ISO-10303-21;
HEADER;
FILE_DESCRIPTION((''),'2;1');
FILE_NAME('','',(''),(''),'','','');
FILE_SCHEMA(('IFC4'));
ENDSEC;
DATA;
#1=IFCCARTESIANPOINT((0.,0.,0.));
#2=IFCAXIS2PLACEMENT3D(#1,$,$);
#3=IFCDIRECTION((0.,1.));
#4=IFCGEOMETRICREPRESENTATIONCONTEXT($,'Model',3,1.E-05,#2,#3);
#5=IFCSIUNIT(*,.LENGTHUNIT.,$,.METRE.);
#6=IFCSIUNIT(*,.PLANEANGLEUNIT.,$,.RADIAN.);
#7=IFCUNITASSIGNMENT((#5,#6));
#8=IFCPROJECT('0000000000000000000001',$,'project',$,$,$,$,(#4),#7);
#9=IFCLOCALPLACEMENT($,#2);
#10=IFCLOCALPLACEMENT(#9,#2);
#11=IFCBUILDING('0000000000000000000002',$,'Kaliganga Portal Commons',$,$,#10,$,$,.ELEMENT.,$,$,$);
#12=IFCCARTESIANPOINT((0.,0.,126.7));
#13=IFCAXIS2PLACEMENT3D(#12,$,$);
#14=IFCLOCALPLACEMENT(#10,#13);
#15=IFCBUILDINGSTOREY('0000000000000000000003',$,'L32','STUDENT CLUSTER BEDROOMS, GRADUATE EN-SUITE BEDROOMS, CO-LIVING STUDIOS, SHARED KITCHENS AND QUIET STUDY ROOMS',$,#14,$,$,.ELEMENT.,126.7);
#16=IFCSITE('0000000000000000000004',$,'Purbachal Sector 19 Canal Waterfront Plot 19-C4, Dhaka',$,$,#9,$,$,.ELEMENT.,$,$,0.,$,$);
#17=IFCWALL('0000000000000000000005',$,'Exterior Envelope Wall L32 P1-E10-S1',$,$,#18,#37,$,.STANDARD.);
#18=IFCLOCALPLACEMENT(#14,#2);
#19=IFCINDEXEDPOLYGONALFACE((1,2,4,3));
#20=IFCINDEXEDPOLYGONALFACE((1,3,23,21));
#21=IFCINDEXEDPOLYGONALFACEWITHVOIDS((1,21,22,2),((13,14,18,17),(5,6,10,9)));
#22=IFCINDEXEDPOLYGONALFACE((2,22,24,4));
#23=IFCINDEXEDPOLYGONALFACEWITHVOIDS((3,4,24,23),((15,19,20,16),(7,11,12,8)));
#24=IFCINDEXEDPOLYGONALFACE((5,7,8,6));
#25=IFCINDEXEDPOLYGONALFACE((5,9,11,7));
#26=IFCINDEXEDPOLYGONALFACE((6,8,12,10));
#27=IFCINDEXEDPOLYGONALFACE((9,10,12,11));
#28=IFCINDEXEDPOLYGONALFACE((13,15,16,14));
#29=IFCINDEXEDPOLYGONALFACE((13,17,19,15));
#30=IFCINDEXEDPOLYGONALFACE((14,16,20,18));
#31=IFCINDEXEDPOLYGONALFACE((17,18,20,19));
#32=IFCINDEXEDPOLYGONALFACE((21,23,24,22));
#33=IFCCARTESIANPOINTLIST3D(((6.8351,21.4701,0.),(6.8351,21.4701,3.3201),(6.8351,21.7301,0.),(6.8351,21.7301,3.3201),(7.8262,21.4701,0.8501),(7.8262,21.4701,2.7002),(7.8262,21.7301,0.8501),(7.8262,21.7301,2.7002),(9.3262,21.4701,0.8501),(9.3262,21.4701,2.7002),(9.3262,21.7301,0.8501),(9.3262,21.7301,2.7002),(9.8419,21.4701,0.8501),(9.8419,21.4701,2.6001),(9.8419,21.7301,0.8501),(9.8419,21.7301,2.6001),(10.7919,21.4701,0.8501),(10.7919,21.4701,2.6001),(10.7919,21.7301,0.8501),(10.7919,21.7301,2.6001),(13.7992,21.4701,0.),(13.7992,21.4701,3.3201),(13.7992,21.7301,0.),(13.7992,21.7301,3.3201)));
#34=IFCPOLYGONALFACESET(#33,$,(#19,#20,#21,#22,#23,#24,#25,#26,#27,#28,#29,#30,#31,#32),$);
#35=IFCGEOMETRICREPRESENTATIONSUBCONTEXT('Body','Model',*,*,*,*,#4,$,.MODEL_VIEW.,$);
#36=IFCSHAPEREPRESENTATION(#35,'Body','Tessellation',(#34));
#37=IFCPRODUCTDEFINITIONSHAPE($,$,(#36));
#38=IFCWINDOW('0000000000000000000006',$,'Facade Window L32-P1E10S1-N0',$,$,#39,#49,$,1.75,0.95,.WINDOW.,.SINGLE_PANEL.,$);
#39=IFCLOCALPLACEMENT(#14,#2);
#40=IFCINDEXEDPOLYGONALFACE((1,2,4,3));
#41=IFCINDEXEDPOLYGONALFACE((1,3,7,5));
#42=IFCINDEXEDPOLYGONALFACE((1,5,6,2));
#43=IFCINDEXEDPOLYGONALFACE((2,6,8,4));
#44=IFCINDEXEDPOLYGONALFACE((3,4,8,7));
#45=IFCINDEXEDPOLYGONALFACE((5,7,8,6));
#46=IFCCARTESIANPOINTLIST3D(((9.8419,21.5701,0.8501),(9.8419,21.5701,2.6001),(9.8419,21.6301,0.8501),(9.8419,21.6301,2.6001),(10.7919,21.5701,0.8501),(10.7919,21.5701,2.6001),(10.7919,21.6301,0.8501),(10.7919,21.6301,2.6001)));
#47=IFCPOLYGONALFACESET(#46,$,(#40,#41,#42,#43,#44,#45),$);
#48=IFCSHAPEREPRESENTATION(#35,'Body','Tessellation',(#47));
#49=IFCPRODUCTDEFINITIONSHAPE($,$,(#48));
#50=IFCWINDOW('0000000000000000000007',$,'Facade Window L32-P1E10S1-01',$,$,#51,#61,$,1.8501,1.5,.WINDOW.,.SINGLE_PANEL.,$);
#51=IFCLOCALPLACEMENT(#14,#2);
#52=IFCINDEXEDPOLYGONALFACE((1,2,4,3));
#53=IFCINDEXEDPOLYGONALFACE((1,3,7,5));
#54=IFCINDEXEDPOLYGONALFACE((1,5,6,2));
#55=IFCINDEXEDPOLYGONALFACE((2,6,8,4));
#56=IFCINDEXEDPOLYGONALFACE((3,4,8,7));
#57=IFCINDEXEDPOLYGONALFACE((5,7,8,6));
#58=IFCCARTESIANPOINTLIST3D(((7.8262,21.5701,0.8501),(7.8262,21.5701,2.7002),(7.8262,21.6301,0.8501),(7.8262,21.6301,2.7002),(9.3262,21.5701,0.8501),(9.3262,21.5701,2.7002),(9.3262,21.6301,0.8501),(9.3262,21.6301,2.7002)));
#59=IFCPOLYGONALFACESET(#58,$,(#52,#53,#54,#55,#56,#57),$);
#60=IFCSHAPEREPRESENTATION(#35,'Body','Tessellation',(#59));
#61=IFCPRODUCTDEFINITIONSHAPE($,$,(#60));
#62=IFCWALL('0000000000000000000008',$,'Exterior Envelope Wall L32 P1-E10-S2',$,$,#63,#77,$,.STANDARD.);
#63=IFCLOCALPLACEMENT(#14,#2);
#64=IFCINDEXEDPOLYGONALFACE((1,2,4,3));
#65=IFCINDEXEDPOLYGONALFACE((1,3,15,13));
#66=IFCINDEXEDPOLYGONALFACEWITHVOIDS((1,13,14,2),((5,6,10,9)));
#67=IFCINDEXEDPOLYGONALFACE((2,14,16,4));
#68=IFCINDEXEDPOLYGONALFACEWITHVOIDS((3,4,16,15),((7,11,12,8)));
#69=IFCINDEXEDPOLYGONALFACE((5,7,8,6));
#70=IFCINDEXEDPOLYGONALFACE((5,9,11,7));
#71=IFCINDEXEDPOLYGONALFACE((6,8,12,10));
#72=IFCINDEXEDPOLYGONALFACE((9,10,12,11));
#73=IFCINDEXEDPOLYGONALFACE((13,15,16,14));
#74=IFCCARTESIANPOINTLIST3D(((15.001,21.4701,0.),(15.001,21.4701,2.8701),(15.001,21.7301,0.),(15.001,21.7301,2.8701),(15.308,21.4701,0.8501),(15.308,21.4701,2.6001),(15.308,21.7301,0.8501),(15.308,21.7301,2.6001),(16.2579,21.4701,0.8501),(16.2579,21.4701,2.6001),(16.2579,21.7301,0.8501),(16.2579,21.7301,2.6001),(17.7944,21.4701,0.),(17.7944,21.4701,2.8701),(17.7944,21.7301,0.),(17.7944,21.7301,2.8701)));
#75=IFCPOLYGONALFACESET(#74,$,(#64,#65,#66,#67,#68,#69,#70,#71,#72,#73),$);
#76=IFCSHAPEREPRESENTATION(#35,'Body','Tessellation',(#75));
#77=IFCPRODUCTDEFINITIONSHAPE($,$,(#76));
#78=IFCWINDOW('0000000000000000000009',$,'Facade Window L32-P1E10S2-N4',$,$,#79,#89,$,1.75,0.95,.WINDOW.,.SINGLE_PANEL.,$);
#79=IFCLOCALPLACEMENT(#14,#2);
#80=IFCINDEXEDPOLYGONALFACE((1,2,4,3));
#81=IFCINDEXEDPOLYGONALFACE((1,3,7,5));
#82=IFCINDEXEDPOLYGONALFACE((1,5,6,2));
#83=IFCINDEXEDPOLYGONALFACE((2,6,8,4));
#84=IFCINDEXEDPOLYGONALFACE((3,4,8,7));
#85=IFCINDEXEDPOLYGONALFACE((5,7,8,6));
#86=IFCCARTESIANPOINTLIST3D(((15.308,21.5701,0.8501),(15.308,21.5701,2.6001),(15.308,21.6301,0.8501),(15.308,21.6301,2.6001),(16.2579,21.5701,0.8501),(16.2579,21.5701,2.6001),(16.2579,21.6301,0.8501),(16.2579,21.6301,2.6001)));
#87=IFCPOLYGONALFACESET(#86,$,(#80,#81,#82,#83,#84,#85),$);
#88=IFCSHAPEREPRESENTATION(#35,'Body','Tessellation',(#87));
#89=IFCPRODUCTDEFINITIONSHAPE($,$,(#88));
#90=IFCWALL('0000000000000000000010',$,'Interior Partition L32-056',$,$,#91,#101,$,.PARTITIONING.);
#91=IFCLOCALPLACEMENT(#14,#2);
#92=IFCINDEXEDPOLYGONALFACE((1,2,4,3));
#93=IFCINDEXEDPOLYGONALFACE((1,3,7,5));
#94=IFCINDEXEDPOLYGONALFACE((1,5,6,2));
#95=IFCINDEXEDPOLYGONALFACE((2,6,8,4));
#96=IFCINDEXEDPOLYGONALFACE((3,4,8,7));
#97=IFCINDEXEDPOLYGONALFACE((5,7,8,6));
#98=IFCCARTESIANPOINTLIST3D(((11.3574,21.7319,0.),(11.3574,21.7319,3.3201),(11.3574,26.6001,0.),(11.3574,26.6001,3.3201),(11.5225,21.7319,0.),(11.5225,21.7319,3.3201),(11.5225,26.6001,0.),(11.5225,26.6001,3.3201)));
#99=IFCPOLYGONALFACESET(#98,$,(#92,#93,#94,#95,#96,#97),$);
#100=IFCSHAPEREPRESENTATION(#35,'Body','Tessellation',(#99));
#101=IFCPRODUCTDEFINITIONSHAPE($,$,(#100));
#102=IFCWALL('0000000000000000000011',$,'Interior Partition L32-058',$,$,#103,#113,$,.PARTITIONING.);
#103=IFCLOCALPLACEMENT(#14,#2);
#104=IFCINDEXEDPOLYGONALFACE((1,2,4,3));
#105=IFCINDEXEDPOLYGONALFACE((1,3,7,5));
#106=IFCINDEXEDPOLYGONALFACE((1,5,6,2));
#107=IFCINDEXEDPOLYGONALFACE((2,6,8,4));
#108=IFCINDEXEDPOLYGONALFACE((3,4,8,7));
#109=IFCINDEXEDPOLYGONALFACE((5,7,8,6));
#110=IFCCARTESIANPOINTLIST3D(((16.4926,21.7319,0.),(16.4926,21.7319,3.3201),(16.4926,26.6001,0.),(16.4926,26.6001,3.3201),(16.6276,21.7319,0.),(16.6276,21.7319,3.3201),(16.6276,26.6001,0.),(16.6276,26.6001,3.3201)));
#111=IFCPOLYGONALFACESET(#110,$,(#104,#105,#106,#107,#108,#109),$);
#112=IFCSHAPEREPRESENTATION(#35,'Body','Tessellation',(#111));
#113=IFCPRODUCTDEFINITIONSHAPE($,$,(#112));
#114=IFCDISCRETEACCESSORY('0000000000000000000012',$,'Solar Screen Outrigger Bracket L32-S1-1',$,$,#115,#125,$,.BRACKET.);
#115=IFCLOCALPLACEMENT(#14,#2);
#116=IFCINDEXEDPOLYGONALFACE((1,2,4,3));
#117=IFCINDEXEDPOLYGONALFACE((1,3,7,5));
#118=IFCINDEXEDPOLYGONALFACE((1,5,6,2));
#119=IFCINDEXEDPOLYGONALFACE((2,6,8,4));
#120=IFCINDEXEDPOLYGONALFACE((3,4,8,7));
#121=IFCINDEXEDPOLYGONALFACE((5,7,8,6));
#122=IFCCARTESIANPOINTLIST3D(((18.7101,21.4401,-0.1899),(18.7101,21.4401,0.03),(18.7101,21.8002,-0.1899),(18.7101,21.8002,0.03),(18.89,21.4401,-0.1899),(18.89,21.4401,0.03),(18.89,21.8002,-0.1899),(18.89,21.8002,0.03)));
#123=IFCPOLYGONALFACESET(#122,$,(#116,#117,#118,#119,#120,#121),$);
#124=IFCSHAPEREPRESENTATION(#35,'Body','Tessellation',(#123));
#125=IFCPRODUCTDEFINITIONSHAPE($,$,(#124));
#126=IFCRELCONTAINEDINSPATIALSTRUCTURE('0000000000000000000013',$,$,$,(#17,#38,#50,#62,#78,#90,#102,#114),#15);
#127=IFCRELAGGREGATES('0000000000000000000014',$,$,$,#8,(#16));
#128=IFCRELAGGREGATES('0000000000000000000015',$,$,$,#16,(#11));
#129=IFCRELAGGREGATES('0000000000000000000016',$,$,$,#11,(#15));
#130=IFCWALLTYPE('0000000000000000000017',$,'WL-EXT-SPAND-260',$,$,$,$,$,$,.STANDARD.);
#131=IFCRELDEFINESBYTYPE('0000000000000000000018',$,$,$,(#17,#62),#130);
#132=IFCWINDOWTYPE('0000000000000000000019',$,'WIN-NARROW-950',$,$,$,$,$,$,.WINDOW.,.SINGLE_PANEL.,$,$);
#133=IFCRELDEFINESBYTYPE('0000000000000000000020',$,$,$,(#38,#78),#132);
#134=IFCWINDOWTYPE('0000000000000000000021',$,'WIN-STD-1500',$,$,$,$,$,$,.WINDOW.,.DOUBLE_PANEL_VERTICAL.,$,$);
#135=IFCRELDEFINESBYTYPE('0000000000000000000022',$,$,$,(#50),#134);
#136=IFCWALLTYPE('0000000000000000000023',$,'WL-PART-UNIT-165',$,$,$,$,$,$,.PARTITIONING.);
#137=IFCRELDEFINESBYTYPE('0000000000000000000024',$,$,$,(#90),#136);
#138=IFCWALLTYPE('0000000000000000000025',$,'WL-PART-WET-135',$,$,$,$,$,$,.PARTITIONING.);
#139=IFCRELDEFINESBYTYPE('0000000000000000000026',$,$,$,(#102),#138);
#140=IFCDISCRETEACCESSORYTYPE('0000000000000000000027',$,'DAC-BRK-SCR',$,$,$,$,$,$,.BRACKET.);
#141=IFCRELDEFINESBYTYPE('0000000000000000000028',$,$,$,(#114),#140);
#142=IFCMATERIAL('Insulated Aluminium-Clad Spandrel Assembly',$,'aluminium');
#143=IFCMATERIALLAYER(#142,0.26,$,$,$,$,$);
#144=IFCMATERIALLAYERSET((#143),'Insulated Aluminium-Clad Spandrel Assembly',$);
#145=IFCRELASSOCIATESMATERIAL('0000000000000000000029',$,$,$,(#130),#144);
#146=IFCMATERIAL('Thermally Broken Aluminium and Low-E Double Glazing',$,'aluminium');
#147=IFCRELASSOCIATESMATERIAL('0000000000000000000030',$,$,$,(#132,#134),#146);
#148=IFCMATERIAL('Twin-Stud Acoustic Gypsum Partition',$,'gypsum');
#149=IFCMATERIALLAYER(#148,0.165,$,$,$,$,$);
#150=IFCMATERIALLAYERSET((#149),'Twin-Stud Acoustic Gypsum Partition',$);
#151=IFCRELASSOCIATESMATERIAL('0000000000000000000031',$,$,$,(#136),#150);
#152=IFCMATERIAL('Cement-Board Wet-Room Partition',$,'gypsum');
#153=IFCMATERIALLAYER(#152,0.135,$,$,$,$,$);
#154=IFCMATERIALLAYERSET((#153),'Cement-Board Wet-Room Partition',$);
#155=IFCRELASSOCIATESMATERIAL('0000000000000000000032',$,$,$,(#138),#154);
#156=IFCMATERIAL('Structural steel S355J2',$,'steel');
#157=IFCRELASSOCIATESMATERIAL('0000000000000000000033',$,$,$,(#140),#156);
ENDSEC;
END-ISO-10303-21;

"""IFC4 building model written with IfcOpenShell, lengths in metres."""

from ifc_helpers import new_model, si_unit, direction, frame, frame_2d, origin, origin_2d, place, context, subcontext, project, spatial, rectangle, extrude, source, transform, mapped, material, layer, layer_set, type_object, element, fill, save


model = new_model("IFC4")

# Units and contexts
model_context = context("Model", 3, precision=1e-05, world=origin(), true_north=direction((0.0, 1.0)))
body_context = subcontext(model_context, "Body", "Model", "MODEL_VIEW")
ifc_project = project(units=[si_unit("LENGTHUNIT", "METRE"), si_unit("PLANEANGLEUNIT", "RADIAN")], contexts=[model_context])

# Site, building, storey
site_placement = place(None, origin())
site = spatial("IfcSite", under=ifc_project, at=site_placement, Name="Purbachal Sector 19 Canal Waterfront Plot 19-C4, Dhaka", CompositionType="ELEMENT", RefElevation=0.0)
building_placement = place(site_placement, origin())
building = spatial("IfcBuilding", under=site, at=building_placement, Name="Kaliganga Portal Commons", CompositionType="ELEMENT")
storey_placement = place(building_placement, frame((0.0, 0.0, 126.7)))
storey = spatial("IfcBuildingStorey", under=building, at=storey_placement, Name="L32", Description="STUDENT CLUSTER BEDROOMS, GRADUATE EN-SUITE BEDROOMS, CO-LIVING STUDIOS, SHARED KITCHENS AND QUIET STUDY ROOMS", CompositionType="ELEMENT", Elevation=126.7)

# Shared definitions
ifc_material_1 = material(Name="Structural steel S355J2", Category="steel")

# Wall, openings, windows
ifc_material_2 = material(Name="Insulated Aluminium-Clad Spandrel Assembly", Category="aluminium")
ifc_layer_1 = layer(ifc_material_2, 0.26)
ifc_layer_set_1 = layer_set([ifc_layer_1], Name="Insulated Aluminium-Clad Spandrel Assembly")
wall_type_1 = type_object("IfcWallType", Name="WL-EXT-SPAND-260", PredefinedType="STANDARD", material=ifc_layer_set_1)
ifc_material_3 = material(Name="Thermally Broken Aluminium and Low-E Double Glazing", Category="aluminium")
window_type_1 = type_object("IfcWindowType", Name="WIN-NARROW-950", PartitioningType="SINGLE_PANEL", PredefinedType="WINDOW", material=ifc_material_3)
window_type_2 = type_object("IfcWindowType", Name="WIN-STD-1500", PartitioningType="DOUBLE_PANEL_VERTICAL", PredefinedType="WINDOW", material=ifc_material_3)
wall_1_placement = place(storey_placement, frame((13.7991, 21.6001, 0.0), z_axis=(0.0, 0.0, 1.0), x_axis=(-1.0, 0.0, 0.0)))
wall_1 = element("IfcWall", 1, at=wall_1_placement, inside=storey, type_object=wall_type_1, Name="Exterior Envelope Wall L32 P1-E10-S1", PredefinedType="STANDARD", context=body_context, shape_type="SweptSolid", body=[
    extrude(rectangle(XDim=6.9641, YDim=0.26, at=frame_2d((3.4819, 0.0))), origin(), (0.0, 0.0, 1.0), 3.3201),
])
opening_1_placement = place(wall_1_placement, frame((4.4729, 0.0, 0.8501)))
opening_1 = element("IfcOpeningElement", 2, at=opening_1_placement, cuts=wall_1, PredefinedType="OPENING", context=body_context, shape_type="SweptSolid", body=[
    extrude(rectangle(XDim=1.5, YDim=1.8501, at=frame_2d((0.75, 0.925))), frame((0.0, 0.1401, 0.0), z_axis=(0.0, -1.0, 0.0), x_axis=(1.0, 0.0, 0.0)), (0.0, 0.0, 1.0), 0.28),
])
opening_2_placement = place(wall_1_placement, frame((3.0071, 0.0, 0.8501)))
opening_2 = element("IfcOpeningElement", 3, at=opening_2_placement, cuts=wall_1, PredefinedType="OPENING", context=body_context, shape_type="SweptSolid", body=[
    extrude(rectangle(XDim=0.95, YDim=1.75, at=frame_2d((0.4751, 0.875))), frame((0.0, 0.1401, 0.0), z_axis=(0.0, -1.0, 0.0), x_axis=(1.0, 0.0, 0.0)), (0.0, 0.0, 1.0), 0.28),
])
window_1_placement = place(opening_2_placement, origin())
window_1 = element("IfcWindow", 4, at=window_1_placement, inside=storey, type_object=window_type_1, Name="Facade Window L32-P1E10S1-N0", OverallHeight=1.75, OverallWidth=0.95, PartitioningType="SINGLE_PANEL", PredefinedType="WINDOW", context=body_context, shape_type="SweptSolid", body=[
    extrude(rectangle(XDim=0.95, YDim=1.75, at=frame_2d((0.4751, 0.875))), frame((0.0, 0.03, 0.0), z_axis=(0.0, -1.0, 0.0), x_axis=(1.0, 0.0, 0.0)), (0.0, 0.0, 1.0), 0.0601),
])
fill(opening_2, window_1)
window_2_placement = place(opening_1_placement, origin())
window_2 = element("IfcWindow", 5, at=window_2_placement, inside=storey, type_object=window_type_2, Name="Facade Window L32-P1E10S1-01", OverallHeight=1.8501, OverallWidth=1.5, PartitioningType="SINGLE_PANEL", PredefinedType="WINDOW", context=body_context, shape_type="SweptSolid", body=[
    extrude(rectangle(XDim=1.5, YDim=1.8501, at=frame_2d((0.75, 0.925))), frame((0.0, 0.03, 0.0), z_axis=(0.0, -1.0, 0.0), x_axis=(1.0, 0.0, 0.0)), (0.0, 0.0, 1.0), 0.0601),
])
fill(opening_1, window_2)

# Wall, opening, window
wall_2_placement = place(storey_placement, frame((17.7944, 21.6001, 0.0), z_axis=(0.0, 0.0, 1.0), x_axis=(-1.0, 0.0, 0.0)))
wall_2 = element("IfcWall", 6, at=wall_2_placement, inside=storey, type_object=wall_type_1, Name="Exterior Envelope Wall L32 P1-E10-S2", PredefinedType="STANDARD", context=body_context, shape_type="SweptSolid", body=[
    extrude(rectangle(XDim=2.7935, YDim=0.26, at=frame_2d((1.3967, 0.0))), origin(), (0.0, 0.0, 1.0), 2.8701),
])
opening_3_placement = place(wall_2_placement, frame((1.5364, 0.0, 0.8501)))
opening_3 = element("IfcOpeningElement", 7, at=opening_3_placement, cuts=wall_2, PredefinedType="OPENING", context=body_context, shape_type="SweptSolid", body=[
    extrude(rectangle(XDim=0.95, YDim=1.75, at=frame_2d((0.4751, 0.875))), frame((0.0, 0.1401, 0.0), z_axis=(0.0, -1.0, 0.0), x_axis=(1.0, 0.0, 0.0)), (0.0, 0.0, 1.0), 0.28),
])
window_3_placement = place(opening_3_placement, origin())
window_3 = element("IfcWindow", 8, at=window_3_placement, inside=storey, type_object=window_type_1, Name="Facade Window L32-P1E10S2-N4", OverallHeight=1.75, OverallWidth=0.95, PartitioningType="SINGLE_PANEL", PredefinedType="WINDOW", context=body_context, shape_type="SweptSolid", body=[
    extrude(rectangle(XDim=0.95, YDim=1.75, at=frame_2d((0.4751, 0.875))), frame((0.0, 0.03, 0.0), z_axis=(0.0, -1.0, 0.0), x_axis=(1.0, 0.0, 0.0)), (0.0, 0.0, 1.0), 0.0601),
])
fill(opening_3, window_3)

# Walls
ifc_material_4 = material(Name="Twin-Stud Acoustic Gypsum Partition", Category="gypsum")
ifc_layer_2 = layer(ifc_material_4, 0.165)
ifc_layer_set_2 = layer_set([ifc_layer_2], Name="Twin-Stud Acoustic Gypsum Partition")
wall_type_2 = type_object("IfcWallType", Name="WL-PART-UNIT-165", PredefinedType="PARTITIONING", material=ifc_layer_set_2)
wall_3_placement = place(storey_placement, frame((11.4399, 21.7319, 0.0), z_axis=(0.0, 0.0, 1.0), x_axis=(0.0, 1.0, 0.0)))
element("IfcWall", 9, at=wall_3_placement, inside=storey, type_object=wall_type_2, Name="Interior Partition L32-056", PredefinedType="PARTITIONING", context=body_context, shape_type="SweptSolid", body=[
    extrude(rectangle(XDim=4.8682, YDim=0.165, at=frame_2d((2.4341, 0.0))), origin(), (0.0, 0.0, 1.0), 3.3201),
])
ifc_material_5 = material(Name="Cement-Board Wet-Room Partition", Category="gypsum")
ifc_layer_3 = layer(ifc_material_5, 0.135)
ifc_layer_set_3 = layer_set([ifc_layer_3], Name="Cement-Board Wet-Room Partition")
wall_type_3 = type_object("IfcWallType", Name="WL-PART-WET-135", PredefinedType="PARTITIONING", material=ifc_layer_set_3)
wall_4_placement = place(storey_placement, frame((16.5601, 21.7319, 0.0), z_axis=(0.0, 0.0, 1.0), x_axis=(0.0, 1.0, 0.0)))
element("IfcWall", 10, at=wall_4_placement, inside=storey, type_object=wall_type_3, Name="Interior Partition L32-058", PredefinedType="PARTITIONING", context=body_context, shape_type="SweptSolid", body=[
    extrude(rectangle(XDim=4.8682, YDim=0.135, at=frame_2d((2.4341, 0.0))), origin(), (0.0, 0.0, 1.0), 3.3201),
])

# Discrete accessory
discrete_accessory_type = type_object("IfcDiscreteAccessoryType", Name="DAC-BRK-SCR", PredefinedType="BRACKET", material=ifc_material_1)
shared_shape_1 = source(origin(), body_context, "Body", "SweptSolid", [
    extrude(rectangle(XDim=0.1799, YDim=0.3601, at=origin_2d()), origin(), (0.0, 0.0, 1.0), 0.22),
])
discrete_accessory_placement = place(storey_placement, frame((18.8, 21.6201, -0.1899), z_axis=(0.0, 0.0, 1.0), x_axis=(1.0, 0.0, 0.0)))
element("IfcDiscreteAccessory", 11, at=discrete_accessory_placement, inside=storey, type_object=discrete_accessory_type, Name="Solar Screen Outrigger Bracket L32-S1-1", PredefinedType="BRACKET", context=body_context, shape_type="MappedRepresentation", body=[
    mapped(shared_shape_1, transform((0.0, 0.0, 0.0), x_axis=(1.0, 0.0, 0.0), y_axis=(0.0, 1.0, 0.0), z_axis=(0.0, 0.0, 1.0), scale=1.0)),
])

save(model, "model.ifc")
